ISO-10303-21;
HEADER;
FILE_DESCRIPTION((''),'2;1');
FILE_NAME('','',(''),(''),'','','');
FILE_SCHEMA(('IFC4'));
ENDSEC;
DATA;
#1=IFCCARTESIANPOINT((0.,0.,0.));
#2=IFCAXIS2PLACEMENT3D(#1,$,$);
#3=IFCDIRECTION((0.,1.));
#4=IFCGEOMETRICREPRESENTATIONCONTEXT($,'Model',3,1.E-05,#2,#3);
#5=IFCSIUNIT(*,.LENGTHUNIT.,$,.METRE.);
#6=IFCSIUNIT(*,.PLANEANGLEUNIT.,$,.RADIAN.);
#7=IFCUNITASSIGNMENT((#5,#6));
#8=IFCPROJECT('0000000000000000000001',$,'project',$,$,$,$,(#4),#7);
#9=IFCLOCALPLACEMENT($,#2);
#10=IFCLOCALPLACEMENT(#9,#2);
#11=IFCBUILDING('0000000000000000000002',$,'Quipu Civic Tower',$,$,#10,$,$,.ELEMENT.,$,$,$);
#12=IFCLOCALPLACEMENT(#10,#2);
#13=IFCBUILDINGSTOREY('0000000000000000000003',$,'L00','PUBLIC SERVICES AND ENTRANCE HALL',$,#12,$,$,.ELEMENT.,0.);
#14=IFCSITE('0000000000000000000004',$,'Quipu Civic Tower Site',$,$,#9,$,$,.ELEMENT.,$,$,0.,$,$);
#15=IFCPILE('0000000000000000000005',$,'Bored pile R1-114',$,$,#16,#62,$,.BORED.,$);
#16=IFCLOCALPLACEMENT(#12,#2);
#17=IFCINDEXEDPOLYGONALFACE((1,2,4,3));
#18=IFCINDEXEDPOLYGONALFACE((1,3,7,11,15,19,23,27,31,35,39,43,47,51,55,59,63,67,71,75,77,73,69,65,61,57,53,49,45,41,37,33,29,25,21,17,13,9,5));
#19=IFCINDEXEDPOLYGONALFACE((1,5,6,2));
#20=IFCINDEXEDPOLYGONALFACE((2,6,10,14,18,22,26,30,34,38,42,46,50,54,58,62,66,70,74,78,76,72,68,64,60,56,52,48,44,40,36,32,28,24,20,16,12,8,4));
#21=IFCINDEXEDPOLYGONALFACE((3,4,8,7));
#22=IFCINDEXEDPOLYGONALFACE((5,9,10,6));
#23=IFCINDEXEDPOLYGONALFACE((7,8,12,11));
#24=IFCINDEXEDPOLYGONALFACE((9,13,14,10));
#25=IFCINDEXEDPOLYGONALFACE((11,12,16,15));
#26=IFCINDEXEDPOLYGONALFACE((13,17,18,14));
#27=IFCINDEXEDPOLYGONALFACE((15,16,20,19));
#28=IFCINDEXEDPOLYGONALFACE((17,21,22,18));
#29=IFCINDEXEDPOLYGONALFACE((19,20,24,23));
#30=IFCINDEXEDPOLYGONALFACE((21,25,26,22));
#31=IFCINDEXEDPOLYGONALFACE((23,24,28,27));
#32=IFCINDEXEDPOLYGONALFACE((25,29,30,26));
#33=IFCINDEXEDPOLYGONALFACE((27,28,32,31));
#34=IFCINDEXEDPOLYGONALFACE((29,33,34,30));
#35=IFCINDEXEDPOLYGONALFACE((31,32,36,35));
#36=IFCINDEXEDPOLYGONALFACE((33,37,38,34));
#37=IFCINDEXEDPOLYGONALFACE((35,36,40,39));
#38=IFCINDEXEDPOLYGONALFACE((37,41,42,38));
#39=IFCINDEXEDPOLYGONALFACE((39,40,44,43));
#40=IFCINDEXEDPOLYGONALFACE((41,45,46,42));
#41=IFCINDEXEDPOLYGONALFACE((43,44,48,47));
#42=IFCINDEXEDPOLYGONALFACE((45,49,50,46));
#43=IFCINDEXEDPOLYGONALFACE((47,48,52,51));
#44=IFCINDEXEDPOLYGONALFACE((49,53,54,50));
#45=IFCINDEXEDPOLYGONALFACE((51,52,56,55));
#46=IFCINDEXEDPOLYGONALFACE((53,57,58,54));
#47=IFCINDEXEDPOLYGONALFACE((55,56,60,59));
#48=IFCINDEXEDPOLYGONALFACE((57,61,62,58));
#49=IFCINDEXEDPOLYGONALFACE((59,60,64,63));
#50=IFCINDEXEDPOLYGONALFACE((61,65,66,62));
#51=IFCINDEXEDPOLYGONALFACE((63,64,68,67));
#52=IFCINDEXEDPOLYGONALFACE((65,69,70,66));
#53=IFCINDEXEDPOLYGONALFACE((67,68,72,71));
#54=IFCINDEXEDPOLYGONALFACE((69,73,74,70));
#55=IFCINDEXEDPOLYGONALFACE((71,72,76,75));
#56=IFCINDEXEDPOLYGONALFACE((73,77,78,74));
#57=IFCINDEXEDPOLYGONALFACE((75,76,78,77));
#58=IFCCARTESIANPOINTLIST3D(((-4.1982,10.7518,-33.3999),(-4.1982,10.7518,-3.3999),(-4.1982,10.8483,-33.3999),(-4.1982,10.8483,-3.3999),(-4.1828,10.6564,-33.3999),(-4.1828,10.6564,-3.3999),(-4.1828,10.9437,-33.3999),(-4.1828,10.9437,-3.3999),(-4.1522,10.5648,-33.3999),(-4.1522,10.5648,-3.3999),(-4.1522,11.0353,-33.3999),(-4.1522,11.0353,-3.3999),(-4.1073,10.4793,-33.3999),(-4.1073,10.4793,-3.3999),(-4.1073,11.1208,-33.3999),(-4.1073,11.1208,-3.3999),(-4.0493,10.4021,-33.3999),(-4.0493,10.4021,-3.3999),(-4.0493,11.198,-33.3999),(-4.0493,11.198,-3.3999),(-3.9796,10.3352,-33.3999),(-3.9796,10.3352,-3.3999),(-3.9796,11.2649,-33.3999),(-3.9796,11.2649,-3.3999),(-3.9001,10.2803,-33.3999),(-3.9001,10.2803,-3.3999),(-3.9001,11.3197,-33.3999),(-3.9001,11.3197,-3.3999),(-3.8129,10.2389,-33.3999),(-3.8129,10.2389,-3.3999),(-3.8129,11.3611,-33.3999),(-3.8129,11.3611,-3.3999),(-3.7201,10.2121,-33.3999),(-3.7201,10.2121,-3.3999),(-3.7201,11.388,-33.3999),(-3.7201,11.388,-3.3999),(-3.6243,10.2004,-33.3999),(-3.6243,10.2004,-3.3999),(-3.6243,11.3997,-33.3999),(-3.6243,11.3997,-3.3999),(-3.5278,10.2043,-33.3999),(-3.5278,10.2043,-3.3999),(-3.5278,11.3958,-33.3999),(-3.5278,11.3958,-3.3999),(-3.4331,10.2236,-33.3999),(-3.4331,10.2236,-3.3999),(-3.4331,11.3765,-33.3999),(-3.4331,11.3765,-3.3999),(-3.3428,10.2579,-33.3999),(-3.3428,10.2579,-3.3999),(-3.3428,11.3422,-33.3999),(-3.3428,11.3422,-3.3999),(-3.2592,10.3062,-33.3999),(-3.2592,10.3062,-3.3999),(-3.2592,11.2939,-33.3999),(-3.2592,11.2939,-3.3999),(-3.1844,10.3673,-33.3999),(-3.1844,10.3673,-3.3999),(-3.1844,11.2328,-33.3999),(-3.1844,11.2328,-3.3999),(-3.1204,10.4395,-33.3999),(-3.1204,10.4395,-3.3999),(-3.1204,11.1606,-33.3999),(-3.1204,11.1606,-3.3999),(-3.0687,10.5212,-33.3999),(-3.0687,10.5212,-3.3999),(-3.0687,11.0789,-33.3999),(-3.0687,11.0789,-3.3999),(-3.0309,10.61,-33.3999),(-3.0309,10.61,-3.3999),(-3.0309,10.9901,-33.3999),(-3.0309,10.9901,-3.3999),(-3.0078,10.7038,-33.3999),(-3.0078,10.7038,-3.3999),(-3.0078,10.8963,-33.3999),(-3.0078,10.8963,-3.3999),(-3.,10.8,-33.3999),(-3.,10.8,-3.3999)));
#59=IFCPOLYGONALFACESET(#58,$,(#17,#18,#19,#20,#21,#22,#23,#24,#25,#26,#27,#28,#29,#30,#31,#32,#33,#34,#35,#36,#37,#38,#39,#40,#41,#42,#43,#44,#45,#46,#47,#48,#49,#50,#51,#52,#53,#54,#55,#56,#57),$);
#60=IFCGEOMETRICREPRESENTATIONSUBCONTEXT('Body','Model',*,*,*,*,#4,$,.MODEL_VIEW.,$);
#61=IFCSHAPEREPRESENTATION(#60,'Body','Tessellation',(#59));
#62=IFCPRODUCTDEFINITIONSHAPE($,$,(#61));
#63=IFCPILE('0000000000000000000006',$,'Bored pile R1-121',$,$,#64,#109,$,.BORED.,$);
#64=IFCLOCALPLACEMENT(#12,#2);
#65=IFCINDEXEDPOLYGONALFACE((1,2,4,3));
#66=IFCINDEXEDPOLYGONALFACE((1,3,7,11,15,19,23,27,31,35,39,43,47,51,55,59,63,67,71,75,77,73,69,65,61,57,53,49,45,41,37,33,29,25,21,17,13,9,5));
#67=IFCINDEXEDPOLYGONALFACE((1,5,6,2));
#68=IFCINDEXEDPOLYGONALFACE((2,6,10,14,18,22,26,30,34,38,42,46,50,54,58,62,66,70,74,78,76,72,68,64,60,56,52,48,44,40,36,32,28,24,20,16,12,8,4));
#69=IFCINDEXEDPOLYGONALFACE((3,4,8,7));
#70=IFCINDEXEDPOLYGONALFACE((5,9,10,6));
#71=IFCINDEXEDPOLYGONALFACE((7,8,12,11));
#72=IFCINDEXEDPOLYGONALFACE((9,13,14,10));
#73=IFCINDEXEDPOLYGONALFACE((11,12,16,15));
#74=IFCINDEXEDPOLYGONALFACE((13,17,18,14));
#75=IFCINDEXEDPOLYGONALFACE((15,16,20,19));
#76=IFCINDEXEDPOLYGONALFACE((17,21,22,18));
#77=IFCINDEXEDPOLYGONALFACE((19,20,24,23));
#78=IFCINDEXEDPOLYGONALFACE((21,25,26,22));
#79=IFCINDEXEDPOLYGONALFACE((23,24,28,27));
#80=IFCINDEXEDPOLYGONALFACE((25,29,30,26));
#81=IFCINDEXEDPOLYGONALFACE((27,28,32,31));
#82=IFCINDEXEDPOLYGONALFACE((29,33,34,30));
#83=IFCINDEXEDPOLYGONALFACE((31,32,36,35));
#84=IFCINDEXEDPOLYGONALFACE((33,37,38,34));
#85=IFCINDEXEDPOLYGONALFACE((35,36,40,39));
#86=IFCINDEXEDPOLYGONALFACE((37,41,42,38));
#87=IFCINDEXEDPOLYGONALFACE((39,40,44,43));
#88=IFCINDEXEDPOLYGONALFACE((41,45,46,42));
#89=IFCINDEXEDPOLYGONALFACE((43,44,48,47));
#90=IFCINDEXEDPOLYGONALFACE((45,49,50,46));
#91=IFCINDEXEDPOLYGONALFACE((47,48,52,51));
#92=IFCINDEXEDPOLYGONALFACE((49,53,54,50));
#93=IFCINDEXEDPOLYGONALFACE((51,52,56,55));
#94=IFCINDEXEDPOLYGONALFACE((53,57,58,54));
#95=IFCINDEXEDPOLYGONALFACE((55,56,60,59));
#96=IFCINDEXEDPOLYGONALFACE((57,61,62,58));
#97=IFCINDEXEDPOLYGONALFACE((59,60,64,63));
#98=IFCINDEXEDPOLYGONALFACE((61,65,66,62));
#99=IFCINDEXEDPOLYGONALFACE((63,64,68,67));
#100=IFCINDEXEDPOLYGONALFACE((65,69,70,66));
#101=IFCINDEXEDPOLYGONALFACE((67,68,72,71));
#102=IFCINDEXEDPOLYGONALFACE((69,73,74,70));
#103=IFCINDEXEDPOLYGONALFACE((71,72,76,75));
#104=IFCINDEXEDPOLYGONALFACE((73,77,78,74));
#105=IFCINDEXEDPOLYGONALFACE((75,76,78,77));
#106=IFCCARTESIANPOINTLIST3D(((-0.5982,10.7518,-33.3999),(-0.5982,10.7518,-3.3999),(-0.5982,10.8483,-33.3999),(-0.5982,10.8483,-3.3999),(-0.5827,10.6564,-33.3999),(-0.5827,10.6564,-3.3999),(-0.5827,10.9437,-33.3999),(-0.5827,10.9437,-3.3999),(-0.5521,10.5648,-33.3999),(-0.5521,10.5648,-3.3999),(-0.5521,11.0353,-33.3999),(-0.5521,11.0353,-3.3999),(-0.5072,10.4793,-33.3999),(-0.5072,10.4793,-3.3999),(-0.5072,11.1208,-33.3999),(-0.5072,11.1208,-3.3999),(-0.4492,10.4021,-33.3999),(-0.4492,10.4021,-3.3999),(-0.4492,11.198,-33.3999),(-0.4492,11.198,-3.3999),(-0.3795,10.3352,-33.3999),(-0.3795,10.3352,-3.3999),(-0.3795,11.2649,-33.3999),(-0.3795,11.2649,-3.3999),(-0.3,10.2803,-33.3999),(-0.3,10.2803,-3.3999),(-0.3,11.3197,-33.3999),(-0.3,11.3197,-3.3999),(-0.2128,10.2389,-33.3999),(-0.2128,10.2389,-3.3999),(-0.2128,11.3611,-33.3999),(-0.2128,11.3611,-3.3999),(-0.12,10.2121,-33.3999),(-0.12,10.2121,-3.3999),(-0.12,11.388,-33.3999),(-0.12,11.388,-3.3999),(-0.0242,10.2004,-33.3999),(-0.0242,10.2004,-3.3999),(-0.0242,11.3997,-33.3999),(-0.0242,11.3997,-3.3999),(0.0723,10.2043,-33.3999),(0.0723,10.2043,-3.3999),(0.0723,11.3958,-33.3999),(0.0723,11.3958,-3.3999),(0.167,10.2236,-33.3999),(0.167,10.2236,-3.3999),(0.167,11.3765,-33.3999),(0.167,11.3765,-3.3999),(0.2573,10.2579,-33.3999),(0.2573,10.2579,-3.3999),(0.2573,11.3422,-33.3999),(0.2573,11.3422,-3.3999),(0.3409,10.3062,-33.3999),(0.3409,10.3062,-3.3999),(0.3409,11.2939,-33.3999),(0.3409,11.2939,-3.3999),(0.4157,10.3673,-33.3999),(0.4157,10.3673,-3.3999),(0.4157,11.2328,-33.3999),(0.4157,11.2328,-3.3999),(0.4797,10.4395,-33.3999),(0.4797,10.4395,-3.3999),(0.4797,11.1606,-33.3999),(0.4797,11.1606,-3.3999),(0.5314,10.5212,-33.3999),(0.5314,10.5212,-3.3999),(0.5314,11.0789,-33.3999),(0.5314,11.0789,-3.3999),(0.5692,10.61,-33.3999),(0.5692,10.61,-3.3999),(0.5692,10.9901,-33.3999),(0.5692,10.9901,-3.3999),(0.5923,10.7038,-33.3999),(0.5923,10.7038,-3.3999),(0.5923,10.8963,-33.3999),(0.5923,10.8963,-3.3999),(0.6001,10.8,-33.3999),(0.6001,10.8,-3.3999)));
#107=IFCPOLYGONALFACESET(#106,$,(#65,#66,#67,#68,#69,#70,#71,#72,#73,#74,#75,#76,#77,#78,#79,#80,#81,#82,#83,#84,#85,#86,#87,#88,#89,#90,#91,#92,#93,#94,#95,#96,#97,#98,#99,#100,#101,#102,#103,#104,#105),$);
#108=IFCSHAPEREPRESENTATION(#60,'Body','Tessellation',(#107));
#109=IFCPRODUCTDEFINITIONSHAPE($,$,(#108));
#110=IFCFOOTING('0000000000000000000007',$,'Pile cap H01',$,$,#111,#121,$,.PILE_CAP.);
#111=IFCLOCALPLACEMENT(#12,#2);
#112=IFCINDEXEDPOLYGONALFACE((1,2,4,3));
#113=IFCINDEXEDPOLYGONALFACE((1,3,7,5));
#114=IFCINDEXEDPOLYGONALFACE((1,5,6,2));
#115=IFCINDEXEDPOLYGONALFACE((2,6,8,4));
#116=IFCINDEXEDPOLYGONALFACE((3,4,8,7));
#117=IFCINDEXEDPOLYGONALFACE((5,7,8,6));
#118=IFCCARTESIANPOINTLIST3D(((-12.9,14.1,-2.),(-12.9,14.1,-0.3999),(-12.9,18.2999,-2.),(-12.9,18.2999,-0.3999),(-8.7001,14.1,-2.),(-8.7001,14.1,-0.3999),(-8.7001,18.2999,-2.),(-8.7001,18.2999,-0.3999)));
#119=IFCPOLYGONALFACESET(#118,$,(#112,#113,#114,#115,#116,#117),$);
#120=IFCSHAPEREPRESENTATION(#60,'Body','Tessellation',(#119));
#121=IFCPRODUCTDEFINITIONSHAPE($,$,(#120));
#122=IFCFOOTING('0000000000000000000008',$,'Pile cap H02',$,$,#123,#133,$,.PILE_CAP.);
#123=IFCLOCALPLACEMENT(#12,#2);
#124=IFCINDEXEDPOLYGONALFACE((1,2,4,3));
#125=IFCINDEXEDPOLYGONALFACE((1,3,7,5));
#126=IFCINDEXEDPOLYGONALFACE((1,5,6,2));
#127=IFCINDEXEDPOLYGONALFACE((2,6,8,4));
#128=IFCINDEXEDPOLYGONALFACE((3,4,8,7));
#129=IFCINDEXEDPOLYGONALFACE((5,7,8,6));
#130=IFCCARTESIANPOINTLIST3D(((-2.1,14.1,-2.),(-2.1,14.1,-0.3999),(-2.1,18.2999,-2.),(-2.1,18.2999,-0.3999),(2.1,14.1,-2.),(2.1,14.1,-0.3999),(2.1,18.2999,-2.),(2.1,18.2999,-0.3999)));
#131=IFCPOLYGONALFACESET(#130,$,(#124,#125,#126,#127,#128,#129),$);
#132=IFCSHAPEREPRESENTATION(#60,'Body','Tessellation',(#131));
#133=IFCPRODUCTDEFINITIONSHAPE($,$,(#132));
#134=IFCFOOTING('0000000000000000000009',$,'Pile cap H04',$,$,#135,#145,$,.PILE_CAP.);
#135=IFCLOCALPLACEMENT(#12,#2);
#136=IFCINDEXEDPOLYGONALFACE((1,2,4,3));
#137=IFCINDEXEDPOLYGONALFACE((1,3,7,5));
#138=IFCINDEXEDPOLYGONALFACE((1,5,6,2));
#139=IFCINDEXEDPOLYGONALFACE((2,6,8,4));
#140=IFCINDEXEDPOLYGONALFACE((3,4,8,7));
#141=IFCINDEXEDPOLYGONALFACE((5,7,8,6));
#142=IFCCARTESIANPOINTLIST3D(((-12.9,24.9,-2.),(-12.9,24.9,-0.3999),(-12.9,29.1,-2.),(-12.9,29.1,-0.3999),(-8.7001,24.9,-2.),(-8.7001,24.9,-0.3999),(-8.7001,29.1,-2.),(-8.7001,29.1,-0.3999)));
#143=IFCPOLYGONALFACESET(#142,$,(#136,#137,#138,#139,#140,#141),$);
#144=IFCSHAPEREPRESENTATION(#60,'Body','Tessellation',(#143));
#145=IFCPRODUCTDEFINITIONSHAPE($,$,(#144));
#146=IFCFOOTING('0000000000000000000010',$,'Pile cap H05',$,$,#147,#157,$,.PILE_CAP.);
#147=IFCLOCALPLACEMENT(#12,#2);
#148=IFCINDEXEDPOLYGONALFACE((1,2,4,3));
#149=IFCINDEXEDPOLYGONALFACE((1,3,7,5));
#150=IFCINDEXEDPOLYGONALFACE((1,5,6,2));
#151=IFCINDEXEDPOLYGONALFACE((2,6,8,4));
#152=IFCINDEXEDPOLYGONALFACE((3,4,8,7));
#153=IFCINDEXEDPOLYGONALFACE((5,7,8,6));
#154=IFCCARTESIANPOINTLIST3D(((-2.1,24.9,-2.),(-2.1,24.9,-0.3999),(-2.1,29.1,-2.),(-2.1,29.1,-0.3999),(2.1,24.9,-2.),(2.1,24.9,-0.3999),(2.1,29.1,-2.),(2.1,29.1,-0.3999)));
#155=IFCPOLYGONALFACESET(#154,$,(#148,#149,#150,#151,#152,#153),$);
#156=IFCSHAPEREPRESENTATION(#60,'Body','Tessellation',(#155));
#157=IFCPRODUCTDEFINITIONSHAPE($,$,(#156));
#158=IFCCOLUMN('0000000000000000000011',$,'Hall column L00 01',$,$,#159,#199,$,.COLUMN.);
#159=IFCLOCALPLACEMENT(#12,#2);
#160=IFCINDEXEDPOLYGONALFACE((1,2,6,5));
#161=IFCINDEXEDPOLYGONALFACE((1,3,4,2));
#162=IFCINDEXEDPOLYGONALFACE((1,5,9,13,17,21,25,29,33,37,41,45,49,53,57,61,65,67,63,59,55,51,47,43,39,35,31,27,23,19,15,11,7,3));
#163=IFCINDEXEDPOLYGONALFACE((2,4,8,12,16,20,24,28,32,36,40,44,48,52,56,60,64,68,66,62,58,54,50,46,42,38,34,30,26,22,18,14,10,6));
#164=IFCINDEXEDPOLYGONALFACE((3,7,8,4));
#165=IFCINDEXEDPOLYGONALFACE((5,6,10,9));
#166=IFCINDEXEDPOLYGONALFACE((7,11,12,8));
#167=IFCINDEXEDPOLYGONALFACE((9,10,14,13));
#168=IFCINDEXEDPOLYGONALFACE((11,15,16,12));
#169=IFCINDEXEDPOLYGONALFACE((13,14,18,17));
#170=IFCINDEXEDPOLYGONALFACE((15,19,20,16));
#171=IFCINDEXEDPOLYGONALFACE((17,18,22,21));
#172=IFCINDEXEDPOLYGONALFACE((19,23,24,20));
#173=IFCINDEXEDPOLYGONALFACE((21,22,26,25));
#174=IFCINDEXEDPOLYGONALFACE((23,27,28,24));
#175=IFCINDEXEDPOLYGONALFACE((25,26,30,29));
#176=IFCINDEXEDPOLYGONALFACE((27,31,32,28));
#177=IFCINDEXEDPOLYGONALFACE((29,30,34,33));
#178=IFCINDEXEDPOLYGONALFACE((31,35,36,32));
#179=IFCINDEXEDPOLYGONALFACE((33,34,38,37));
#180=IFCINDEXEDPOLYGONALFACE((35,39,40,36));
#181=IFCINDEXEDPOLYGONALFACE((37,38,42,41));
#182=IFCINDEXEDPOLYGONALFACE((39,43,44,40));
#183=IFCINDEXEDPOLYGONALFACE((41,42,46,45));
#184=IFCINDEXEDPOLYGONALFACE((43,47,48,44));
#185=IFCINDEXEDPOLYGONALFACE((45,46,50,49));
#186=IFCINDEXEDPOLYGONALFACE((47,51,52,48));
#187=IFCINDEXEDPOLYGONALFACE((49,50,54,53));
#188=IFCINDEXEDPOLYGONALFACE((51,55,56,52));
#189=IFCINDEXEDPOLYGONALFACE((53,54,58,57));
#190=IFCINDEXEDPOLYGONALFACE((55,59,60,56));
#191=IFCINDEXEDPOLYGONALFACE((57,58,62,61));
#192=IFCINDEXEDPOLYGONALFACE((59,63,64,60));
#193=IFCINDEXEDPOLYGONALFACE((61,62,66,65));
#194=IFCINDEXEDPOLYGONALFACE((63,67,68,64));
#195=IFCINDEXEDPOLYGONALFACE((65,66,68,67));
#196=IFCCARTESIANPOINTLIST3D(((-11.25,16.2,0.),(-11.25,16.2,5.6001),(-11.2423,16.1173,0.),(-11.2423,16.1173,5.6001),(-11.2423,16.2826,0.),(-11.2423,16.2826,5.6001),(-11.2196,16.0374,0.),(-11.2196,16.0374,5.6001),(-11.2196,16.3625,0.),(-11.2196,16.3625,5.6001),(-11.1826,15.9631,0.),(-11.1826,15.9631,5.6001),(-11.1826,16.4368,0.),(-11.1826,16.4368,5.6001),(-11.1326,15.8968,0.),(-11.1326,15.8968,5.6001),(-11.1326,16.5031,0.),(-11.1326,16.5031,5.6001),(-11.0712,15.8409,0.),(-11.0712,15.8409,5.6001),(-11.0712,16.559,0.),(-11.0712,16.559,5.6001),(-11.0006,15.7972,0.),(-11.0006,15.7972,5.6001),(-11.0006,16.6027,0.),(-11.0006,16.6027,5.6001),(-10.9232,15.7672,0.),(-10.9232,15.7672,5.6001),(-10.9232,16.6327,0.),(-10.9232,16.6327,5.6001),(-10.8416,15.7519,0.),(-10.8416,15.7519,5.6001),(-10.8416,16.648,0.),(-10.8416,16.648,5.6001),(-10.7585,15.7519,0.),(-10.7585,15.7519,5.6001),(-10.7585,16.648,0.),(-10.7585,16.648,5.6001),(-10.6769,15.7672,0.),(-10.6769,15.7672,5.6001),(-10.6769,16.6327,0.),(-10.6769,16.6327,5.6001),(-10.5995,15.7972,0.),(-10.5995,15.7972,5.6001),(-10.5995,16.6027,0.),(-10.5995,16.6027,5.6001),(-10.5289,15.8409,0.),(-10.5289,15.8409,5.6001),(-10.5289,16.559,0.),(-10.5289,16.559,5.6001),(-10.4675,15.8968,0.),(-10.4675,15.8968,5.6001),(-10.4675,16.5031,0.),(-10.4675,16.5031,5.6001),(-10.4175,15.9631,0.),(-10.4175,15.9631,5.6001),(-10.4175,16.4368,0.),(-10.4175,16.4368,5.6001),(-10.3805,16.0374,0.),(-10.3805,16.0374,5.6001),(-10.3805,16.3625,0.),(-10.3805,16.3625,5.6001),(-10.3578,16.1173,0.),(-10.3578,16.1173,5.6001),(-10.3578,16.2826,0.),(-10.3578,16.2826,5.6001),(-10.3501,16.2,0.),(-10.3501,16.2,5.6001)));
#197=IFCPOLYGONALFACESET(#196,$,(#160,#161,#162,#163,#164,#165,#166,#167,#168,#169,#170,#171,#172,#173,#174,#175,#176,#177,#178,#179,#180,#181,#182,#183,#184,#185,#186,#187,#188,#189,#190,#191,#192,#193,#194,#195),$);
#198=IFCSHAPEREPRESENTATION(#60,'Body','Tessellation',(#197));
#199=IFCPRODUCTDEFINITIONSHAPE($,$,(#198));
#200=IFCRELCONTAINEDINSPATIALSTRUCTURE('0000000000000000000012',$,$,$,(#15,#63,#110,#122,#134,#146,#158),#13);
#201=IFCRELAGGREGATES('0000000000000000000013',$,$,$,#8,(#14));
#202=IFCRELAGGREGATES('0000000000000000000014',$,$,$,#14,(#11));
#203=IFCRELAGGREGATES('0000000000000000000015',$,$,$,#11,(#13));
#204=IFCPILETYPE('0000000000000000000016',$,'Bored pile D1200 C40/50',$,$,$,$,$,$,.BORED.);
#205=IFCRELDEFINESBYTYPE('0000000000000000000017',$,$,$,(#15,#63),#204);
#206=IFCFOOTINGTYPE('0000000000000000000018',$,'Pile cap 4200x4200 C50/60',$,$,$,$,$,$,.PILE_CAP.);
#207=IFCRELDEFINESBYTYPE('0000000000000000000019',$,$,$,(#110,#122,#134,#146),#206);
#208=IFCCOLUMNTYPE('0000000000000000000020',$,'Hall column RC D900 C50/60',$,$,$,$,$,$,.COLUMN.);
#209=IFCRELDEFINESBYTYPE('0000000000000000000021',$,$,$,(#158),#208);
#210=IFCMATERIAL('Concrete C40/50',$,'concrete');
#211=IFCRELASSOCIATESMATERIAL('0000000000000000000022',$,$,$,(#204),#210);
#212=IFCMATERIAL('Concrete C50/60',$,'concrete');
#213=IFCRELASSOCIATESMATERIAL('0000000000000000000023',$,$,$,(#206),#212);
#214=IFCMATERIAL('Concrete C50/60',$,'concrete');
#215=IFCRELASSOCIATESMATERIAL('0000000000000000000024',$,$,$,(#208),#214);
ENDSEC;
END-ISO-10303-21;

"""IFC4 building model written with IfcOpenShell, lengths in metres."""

from ifc_helpers import new_model, si_unit, direction, frame, origin, origin_2d, place, context, subcontext, project, spatial, rectangle, circle, extrude, material, material_profile, profile_set, type_object, element, save


model = new_model("IFC4")

# Units and contexts
model_context = context("Model", 3, precision=1e-05, world=origin(), true_north=direction((0.0, 1.0)))
body_context = subcontext(model_context, "Body", "Model", "MODEL_VIEW")
ifc_project = project(units=[si_unit("LENGTHUNIT", "METRE"), si_unit("PLANEANGLEUNIT", "RADIAN")], contexts=[model_context])

# Site, building, storey
site_placement = place(None, origin())
site = spatial("IfcSite", under=ifc_project, at=site_placement, Name="Quipu Civic Tower Site", CompositionType="ELEMENT", RefElevation=0.0)
building_placement = place(site_placement, origin())
building = spatial("IfcBuilding", under=site, at=building_placement, Name="Quipu Civic Tower", CompositionType="ELEMENT")
storey_placement = place(building_placement, origin())
storey = spatial("IfcBuildingStorey", under=building, at=storey_placement, Name="L00", Description="PUBLIC SERVICES AND ENTRANCE HALL", CompositionType="ELEMENT", Elevation=0.0)

# Piles
ifc_material_1 = material(Name="Concrete C40/50", Category="concrete")
ifc_material_profile_1 = material_profile(ifc_material_1, circle(Radius=0.6001, at=origin_2d()), Name="RCD1200")
ifc_profile_set_1 = profile_set([ifc_material_profile_1], Name="Concrete C40/50")
pile_type_1 = type_object("IfcPileType", Name="Bored pile D1200 C40/50", PredefinedType="BORED", material=ifc_profile_set_1)
for number, where, z_axis, x_axis, name in (
    (1, (-3.6001, 10.8, -3.3999), (0.0, 0.0, -1.0), (1.0, 0.0, 0.0), "Bored pile R1-114"),
    (2, (0.0, 10.8, -3.3999), (0.0, 0.0, -1.0), (1.0, 0.0, 0.0), "Bored pile R1-121"),
):
    element("IfcPile", number, at=place(storey_placement, frame(where, z_axis=z_axis, x_axis=x_axis)), inside=storey, type_object=pile_type_1, Name=name, PredefinedType="BORED", context=body_context, shape_type="SweptSolid", body=[
        extrude(circle(Radius=0.6001, at=origin_2d()), origin(), (0.0, 0.0, 1.0), 30.0),
    ])

# Footings
ifc_material_2 = material(Name="Concrete C50/60", Category="concrete")
footing_type = type_object("IfcFootingType", Name="Pile cap 4200x4200 C50/60", PredefinedType="PILE_CAP", material=ifc_material_2)
for number, where, z_axis, x_axis, name in (
    (3, (-10.8, 16.2, -2.0), (0.0, 0.0, 1.0), (1.0, 0.0, 0.0), "Pile cap H01"),
    (4, (0.0, 16.2, -2.0), (0.0, 0.0, 1.0), (1.0, 0.0, 0.0), "Pile cap H02"),
    (5, (-10.8, 27.0, -2.0), (0.0, 0.0, 1.0), (1.0, 0.0, 0.0), "Pile cap H04"),
    (6, (0.0, 27.0, -2.0), (0.0, 0.0, 1.0), (1.0, 0.0, 0.0), "Pile cap H05"),
):
    element("IfcFooting", number, at=place(storey_placement, frame(where, z_axis=z_axis, x_axis=x_axis)), inside=storey, type_object=footing_type, Name=name, PredefinedType="PILE_CAP", context=body_context, shape_type="SweptSolid", body=[
        extrude(rectangle(XDim=4.2, YDim=4.2, at=origin_2d()), origin(), (0.0, 0.0, 1.0), 1.6001),
    ])

# Column
ifc_material_3 = material(Name="Concrete C50/60", Category="concrete")
ifc_material_profile_2 = material_profile(ifc_material_3, circle(Radius=0.45, at=origin_2d()), Name="RCD900")
ifc_profile_set_2 = profile_set([ifc_material_profile_2], Name="Concrete C50/60")
column_type_1 = type_object("IfcColumnType", Name="Hall column RC D900 C50/60", PredefinedType="COLUMN", material=ifc_profile_set_2)
for number, where, z_axis, x_axis, name in (
    (7, (-10.8, 16.2, 0.0), (0.0, 0.0, 1.0), (1.0, 0.0, 0.0), "Hall column L00 01"),
):
    element("IfcColumn", number, at=place(storey_placement, frame(where, z_axis=z_axis, x_axis=x_axis)), inside=storey, type_object=column_type_1, Name=name, PredefinedType="COLUMN", context=body_context, shape_type="SweptSolid", body=[
        extrude(circle(Radius=0.45, at=origin_2d()), origin(), (0.0, 0.0, 1.0), 5.6001),
    ])

save(model, "model.ifc")
